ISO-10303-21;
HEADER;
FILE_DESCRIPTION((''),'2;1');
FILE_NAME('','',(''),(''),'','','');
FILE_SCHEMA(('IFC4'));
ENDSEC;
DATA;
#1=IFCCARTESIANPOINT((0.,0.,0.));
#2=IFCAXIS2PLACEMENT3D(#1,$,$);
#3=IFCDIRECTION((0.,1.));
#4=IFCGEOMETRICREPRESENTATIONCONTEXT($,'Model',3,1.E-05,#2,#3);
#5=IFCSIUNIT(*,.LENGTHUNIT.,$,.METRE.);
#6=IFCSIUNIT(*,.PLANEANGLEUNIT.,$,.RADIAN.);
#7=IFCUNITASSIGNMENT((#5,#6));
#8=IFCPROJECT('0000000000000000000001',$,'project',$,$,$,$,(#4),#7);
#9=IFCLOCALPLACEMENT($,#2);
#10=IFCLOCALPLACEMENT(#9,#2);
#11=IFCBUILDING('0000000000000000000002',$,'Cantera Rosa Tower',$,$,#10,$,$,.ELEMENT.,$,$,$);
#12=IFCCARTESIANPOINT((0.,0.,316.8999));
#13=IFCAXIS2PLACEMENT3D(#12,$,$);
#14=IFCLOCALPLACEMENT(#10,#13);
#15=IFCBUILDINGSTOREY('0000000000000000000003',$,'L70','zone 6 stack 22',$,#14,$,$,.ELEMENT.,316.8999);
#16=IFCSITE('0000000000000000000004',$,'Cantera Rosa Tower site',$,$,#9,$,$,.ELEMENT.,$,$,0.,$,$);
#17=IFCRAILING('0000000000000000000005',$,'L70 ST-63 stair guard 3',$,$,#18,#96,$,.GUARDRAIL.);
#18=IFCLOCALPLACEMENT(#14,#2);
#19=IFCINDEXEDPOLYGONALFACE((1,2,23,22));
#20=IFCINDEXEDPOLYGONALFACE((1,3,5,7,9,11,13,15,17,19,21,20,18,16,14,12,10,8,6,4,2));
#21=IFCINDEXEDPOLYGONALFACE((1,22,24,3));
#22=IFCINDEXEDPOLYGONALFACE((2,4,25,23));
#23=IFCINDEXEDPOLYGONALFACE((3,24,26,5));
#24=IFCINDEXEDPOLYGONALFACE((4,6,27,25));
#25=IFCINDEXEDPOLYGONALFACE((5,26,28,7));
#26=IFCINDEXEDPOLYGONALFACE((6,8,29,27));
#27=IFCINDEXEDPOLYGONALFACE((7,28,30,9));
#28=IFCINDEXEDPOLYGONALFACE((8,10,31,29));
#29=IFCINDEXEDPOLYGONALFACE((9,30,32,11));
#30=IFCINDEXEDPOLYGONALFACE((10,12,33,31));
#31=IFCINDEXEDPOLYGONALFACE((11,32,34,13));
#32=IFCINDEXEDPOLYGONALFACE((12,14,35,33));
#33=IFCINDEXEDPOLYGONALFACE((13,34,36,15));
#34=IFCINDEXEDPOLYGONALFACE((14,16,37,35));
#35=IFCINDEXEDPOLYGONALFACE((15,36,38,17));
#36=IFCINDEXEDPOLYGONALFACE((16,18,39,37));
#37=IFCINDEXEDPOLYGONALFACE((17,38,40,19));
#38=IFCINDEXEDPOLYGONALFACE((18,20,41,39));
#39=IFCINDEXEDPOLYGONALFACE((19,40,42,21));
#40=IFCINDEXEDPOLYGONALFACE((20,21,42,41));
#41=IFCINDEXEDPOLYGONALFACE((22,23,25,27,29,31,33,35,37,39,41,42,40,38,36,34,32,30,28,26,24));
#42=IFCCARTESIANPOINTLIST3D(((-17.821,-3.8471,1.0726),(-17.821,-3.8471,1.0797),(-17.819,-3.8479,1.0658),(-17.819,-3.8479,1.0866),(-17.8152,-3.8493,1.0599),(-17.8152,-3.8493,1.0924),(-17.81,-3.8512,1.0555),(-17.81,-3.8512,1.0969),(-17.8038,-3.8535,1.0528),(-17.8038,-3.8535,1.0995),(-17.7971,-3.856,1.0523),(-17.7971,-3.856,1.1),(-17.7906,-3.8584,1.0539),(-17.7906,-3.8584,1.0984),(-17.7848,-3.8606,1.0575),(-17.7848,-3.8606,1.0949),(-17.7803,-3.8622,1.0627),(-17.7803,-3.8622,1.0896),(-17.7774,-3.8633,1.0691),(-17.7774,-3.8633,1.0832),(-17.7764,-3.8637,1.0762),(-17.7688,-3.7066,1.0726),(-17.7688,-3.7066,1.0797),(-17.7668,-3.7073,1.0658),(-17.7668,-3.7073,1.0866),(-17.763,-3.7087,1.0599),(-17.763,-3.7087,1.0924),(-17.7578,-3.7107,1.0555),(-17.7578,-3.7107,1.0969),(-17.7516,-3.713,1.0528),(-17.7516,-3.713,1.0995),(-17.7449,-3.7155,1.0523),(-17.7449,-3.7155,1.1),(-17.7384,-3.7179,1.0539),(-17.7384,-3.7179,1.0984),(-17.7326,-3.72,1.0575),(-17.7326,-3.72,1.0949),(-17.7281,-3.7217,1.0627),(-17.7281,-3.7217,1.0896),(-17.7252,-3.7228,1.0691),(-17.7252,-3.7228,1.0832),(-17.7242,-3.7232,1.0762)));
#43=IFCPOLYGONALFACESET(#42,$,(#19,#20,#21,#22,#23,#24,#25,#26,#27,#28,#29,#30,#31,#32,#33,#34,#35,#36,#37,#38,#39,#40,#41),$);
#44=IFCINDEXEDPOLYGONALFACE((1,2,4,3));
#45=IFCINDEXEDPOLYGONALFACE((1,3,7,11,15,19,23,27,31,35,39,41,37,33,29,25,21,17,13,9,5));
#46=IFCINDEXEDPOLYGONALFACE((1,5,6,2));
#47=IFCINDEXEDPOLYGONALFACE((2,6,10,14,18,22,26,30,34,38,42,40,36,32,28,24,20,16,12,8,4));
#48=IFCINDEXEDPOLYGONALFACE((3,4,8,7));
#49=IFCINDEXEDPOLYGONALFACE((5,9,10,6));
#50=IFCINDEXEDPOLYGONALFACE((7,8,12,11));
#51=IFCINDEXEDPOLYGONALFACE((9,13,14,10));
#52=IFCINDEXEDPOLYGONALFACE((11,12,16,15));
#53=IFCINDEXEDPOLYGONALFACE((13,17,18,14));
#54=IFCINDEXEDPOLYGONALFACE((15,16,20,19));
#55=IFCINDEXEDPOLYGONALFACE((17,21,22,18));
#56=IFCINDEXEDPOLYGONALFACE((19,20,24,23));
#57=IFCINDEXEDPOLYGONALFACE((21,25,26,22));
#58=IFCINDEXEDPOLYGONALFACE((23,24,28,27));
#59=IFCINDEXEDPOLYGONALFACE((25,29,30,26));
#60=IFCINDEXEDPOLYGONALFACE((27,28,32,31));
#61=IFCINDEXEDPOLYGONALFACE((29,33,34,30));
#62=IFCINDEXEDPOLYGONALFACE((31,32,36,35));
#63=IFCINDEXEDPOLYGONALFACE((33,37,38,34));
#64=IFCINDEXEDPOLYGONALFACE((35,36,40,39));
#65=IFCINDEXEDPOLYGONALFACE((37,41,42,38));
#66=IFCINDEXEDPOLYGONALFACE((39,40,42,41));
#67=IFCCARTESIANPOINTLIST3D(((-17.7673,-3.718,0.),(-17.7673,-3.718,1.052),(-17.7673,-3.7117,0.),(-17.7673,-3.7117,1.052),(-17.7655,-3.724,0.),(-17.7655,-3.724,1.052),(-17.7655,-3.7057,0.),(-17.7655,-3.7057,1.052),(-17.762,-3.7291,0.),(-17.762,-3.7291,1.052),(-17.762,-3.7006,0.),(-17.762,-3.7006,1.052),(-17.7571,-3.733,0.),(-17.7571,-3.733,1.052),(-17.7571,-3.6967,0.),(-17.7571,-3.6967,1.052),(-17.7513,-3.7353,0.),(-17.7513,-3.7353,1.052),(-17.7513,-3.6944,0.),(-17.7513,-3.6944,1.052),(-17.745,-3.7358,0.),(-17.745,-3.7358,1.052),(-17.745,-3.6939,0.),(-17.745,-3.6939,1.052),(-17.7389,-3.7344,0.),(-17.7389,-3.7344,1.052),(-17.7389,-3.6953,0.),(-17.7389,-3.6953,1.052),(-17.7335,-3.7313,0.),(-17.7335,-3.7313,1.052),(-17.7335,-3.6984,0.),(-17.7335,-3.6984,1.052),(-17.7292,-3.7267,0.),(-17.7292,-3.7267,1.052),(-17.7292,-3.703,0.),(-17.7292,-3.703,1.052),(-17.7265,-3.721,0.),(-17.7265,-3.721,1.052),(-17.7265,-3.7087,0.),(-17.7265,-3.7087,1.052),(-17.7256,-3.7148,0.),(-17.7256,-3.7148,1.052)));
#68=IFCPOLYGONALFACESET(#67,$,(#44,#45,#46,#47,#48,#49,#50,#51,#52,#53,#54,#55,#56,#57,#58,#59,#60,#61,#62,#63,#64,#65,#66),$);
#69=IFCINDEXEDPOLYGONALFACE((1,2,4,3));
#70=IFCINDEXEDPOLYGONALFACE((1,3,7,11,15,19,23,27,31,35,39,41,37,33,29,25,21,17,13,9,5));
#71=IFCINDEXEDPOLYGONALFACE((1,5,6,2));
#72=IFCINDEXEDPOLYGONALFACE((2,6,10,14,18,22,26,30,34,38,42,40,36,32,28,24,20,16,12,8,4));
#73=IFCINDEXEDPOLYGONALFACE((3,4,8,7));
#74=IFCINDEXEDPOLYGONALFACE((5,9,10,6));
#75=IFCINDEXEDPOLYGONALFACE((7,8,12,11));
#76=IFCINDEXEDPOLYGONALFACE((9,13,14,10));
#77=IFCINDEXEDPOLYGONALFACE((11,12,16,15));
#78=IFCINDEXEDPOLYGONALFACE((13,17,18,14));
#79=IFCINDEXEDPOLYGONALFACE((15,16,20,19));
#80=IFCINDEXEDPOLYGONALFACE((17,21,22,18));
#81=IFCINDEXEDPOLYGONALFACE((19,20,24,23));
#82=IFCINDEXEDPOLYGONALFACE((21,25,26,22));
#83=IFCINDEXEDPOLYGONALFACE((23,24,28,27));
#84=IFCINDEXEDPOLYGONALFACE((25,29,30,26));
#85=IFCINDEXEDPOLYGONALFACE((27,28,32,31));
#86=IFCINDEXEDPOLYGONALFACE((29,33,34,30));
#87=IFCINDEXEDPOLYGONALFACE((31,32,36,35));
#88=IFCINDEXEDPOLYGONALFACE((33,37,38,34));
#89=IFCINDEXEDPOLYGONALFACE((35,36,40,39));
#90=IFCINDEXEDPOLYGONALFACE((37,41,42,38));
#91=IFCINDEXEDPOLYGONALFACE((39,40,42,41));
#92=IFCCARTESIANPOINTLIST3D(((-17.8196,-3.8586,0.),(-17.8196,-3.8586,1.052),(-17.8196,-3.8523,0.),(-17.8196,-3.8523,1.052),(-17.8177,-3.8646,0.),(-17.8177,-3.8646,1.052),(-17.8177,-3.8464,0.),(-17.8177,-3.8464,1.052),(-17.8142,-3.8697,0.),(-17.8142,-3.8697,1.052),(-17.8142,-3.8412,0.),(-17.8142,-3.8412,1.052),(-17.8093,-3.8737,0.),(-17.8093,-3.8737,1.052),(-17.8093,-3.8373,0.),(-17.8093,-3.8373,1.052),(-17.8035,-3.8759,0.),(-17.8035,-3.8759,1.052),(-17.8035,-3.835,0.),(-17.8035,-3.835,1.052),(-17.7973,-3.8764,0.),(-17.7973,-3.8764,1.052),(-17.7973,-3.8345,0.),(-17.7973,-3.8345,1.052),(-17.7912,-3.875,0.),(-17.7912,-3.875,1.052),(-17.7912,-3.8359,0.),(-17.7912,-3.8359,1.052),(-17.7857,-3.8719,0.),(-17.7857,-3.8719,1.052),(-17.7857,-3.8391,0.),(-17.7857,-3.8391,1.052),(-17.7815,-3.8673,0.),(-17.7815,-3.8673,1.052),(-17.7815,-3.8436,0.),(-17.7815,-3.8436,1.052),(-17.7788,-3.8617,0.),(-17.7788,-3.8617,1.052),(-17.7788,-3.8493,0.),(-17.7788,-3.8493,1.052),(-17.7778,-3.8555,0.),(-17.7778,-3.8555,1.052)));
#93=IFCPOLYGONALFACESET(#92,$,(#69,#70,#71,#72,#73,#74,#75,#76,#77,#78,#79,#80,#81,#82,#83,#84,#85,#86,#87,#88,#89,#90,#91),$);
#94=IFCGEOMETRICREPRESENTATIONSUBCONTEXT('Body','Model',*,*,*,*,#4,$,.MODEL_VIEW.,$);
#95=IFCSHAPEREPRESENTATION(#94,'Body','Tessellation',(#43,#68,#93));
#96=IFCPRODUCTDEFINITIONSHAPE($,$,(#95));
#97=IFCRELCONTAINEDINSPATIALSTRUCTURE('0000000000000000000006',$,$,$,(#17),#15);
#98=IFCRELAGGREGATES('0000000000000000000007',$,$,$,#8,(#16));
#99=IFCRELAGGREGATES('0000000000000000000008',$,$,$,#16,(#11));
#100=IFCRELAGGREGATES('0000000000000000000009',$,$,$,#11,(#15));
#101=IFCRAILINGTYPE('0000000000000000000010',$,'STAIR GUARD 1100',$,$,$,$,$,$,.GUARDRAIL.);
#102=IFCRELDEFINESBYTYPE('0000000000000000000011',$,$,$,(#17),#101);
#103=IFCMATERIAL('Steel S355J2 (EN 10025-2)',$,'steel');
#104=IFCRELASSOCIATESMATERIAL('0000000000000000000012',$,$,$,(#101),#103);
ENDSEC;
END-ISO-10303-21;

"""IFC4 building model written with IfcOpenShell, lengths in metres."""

from ifc_helpers import new_model, si_unit, direction, frame, origin, origin_2d, place, context, subcontext, project, spatial, circle, extrude, material, type_object, element, save


model = new_model("IFC4")

# Units and contexts
model_context = context("Model", 3, precision=1e-05, world=origin(), true_north=direction((0.0, 1.0)))
body_context = subcontext(model_context, "Body", "Model", "MODEL_VIEW")
ifc_project = project(units=[si_unit("LENGTHUNIT", "METRE"), si_unit("PLANEANGLEUNIT", "RADIAN")], contexts=[model_context])

# Site, building, storey
site_placement = place(None, origin())
site = spatial("IfcSite", under=ifc_project, at=site_placement, Name="Cantera Rosa Tower site", CompositionType="ELEMENT", RefElevation=0.0)
building_placement = place(site_placement, origin())
building = spatial("IfcBuilding", under=site, at=building_placement, Name="Cantera Rosa Tower", CompositionType="ELEMENT")
storey_placement = place(building_placement, frame((0.0, 0.0, 316.8999)))
storey = spatial("IfcBuildingStorey", under=building, at=storey_placement, Name="L70", Description="zone 6 stack 22", CompositionType="ELEMENT", Elevation=316.8999)

# Railing
ifc_material_1 = material(Name="Steel S355J2 (EN 10025-2)", Category="steel")
railing_type_1 = type_object("IfcRailingType", Name="STAIR GUARD 1100", PredefinedType="GUARDRAIL", material=ifc_material_1)
railing_1_placement = place(storey_placement, frame((-17.7466, -3.7148, 0.0)))
element("IfcRailing", 1, at=railing_1_placement, inside=storey, type_object=railing_type_1, Name="L70 ST-63 stair guard 3", PredefinedType="GUARDRAIL", context=body_context, shape_type="SweptSolid", body=[
    extrude(circle(Radius=0.0239, at=origin_2d()), frame((0.0, 0.0, 1.0762), z_axis=(-0.348268, -0.937395, 0.0), x_axis=(0.937395, -0.348268, 0.0)), (0.0, 0.0, 1.0), 0.1499),
    extrude(circle(Radius=0.021, at=origin_2d()), origin(), (0.0, 0.0, 1.0), 1.052),
    extrude(circle(Radius=0.021, at=origin_2d()), frame((-0.0522, -0.1406, 0.0)), (0.0, 0.0, 1.0), 1.052),
])

save(model, "model.ifc")
